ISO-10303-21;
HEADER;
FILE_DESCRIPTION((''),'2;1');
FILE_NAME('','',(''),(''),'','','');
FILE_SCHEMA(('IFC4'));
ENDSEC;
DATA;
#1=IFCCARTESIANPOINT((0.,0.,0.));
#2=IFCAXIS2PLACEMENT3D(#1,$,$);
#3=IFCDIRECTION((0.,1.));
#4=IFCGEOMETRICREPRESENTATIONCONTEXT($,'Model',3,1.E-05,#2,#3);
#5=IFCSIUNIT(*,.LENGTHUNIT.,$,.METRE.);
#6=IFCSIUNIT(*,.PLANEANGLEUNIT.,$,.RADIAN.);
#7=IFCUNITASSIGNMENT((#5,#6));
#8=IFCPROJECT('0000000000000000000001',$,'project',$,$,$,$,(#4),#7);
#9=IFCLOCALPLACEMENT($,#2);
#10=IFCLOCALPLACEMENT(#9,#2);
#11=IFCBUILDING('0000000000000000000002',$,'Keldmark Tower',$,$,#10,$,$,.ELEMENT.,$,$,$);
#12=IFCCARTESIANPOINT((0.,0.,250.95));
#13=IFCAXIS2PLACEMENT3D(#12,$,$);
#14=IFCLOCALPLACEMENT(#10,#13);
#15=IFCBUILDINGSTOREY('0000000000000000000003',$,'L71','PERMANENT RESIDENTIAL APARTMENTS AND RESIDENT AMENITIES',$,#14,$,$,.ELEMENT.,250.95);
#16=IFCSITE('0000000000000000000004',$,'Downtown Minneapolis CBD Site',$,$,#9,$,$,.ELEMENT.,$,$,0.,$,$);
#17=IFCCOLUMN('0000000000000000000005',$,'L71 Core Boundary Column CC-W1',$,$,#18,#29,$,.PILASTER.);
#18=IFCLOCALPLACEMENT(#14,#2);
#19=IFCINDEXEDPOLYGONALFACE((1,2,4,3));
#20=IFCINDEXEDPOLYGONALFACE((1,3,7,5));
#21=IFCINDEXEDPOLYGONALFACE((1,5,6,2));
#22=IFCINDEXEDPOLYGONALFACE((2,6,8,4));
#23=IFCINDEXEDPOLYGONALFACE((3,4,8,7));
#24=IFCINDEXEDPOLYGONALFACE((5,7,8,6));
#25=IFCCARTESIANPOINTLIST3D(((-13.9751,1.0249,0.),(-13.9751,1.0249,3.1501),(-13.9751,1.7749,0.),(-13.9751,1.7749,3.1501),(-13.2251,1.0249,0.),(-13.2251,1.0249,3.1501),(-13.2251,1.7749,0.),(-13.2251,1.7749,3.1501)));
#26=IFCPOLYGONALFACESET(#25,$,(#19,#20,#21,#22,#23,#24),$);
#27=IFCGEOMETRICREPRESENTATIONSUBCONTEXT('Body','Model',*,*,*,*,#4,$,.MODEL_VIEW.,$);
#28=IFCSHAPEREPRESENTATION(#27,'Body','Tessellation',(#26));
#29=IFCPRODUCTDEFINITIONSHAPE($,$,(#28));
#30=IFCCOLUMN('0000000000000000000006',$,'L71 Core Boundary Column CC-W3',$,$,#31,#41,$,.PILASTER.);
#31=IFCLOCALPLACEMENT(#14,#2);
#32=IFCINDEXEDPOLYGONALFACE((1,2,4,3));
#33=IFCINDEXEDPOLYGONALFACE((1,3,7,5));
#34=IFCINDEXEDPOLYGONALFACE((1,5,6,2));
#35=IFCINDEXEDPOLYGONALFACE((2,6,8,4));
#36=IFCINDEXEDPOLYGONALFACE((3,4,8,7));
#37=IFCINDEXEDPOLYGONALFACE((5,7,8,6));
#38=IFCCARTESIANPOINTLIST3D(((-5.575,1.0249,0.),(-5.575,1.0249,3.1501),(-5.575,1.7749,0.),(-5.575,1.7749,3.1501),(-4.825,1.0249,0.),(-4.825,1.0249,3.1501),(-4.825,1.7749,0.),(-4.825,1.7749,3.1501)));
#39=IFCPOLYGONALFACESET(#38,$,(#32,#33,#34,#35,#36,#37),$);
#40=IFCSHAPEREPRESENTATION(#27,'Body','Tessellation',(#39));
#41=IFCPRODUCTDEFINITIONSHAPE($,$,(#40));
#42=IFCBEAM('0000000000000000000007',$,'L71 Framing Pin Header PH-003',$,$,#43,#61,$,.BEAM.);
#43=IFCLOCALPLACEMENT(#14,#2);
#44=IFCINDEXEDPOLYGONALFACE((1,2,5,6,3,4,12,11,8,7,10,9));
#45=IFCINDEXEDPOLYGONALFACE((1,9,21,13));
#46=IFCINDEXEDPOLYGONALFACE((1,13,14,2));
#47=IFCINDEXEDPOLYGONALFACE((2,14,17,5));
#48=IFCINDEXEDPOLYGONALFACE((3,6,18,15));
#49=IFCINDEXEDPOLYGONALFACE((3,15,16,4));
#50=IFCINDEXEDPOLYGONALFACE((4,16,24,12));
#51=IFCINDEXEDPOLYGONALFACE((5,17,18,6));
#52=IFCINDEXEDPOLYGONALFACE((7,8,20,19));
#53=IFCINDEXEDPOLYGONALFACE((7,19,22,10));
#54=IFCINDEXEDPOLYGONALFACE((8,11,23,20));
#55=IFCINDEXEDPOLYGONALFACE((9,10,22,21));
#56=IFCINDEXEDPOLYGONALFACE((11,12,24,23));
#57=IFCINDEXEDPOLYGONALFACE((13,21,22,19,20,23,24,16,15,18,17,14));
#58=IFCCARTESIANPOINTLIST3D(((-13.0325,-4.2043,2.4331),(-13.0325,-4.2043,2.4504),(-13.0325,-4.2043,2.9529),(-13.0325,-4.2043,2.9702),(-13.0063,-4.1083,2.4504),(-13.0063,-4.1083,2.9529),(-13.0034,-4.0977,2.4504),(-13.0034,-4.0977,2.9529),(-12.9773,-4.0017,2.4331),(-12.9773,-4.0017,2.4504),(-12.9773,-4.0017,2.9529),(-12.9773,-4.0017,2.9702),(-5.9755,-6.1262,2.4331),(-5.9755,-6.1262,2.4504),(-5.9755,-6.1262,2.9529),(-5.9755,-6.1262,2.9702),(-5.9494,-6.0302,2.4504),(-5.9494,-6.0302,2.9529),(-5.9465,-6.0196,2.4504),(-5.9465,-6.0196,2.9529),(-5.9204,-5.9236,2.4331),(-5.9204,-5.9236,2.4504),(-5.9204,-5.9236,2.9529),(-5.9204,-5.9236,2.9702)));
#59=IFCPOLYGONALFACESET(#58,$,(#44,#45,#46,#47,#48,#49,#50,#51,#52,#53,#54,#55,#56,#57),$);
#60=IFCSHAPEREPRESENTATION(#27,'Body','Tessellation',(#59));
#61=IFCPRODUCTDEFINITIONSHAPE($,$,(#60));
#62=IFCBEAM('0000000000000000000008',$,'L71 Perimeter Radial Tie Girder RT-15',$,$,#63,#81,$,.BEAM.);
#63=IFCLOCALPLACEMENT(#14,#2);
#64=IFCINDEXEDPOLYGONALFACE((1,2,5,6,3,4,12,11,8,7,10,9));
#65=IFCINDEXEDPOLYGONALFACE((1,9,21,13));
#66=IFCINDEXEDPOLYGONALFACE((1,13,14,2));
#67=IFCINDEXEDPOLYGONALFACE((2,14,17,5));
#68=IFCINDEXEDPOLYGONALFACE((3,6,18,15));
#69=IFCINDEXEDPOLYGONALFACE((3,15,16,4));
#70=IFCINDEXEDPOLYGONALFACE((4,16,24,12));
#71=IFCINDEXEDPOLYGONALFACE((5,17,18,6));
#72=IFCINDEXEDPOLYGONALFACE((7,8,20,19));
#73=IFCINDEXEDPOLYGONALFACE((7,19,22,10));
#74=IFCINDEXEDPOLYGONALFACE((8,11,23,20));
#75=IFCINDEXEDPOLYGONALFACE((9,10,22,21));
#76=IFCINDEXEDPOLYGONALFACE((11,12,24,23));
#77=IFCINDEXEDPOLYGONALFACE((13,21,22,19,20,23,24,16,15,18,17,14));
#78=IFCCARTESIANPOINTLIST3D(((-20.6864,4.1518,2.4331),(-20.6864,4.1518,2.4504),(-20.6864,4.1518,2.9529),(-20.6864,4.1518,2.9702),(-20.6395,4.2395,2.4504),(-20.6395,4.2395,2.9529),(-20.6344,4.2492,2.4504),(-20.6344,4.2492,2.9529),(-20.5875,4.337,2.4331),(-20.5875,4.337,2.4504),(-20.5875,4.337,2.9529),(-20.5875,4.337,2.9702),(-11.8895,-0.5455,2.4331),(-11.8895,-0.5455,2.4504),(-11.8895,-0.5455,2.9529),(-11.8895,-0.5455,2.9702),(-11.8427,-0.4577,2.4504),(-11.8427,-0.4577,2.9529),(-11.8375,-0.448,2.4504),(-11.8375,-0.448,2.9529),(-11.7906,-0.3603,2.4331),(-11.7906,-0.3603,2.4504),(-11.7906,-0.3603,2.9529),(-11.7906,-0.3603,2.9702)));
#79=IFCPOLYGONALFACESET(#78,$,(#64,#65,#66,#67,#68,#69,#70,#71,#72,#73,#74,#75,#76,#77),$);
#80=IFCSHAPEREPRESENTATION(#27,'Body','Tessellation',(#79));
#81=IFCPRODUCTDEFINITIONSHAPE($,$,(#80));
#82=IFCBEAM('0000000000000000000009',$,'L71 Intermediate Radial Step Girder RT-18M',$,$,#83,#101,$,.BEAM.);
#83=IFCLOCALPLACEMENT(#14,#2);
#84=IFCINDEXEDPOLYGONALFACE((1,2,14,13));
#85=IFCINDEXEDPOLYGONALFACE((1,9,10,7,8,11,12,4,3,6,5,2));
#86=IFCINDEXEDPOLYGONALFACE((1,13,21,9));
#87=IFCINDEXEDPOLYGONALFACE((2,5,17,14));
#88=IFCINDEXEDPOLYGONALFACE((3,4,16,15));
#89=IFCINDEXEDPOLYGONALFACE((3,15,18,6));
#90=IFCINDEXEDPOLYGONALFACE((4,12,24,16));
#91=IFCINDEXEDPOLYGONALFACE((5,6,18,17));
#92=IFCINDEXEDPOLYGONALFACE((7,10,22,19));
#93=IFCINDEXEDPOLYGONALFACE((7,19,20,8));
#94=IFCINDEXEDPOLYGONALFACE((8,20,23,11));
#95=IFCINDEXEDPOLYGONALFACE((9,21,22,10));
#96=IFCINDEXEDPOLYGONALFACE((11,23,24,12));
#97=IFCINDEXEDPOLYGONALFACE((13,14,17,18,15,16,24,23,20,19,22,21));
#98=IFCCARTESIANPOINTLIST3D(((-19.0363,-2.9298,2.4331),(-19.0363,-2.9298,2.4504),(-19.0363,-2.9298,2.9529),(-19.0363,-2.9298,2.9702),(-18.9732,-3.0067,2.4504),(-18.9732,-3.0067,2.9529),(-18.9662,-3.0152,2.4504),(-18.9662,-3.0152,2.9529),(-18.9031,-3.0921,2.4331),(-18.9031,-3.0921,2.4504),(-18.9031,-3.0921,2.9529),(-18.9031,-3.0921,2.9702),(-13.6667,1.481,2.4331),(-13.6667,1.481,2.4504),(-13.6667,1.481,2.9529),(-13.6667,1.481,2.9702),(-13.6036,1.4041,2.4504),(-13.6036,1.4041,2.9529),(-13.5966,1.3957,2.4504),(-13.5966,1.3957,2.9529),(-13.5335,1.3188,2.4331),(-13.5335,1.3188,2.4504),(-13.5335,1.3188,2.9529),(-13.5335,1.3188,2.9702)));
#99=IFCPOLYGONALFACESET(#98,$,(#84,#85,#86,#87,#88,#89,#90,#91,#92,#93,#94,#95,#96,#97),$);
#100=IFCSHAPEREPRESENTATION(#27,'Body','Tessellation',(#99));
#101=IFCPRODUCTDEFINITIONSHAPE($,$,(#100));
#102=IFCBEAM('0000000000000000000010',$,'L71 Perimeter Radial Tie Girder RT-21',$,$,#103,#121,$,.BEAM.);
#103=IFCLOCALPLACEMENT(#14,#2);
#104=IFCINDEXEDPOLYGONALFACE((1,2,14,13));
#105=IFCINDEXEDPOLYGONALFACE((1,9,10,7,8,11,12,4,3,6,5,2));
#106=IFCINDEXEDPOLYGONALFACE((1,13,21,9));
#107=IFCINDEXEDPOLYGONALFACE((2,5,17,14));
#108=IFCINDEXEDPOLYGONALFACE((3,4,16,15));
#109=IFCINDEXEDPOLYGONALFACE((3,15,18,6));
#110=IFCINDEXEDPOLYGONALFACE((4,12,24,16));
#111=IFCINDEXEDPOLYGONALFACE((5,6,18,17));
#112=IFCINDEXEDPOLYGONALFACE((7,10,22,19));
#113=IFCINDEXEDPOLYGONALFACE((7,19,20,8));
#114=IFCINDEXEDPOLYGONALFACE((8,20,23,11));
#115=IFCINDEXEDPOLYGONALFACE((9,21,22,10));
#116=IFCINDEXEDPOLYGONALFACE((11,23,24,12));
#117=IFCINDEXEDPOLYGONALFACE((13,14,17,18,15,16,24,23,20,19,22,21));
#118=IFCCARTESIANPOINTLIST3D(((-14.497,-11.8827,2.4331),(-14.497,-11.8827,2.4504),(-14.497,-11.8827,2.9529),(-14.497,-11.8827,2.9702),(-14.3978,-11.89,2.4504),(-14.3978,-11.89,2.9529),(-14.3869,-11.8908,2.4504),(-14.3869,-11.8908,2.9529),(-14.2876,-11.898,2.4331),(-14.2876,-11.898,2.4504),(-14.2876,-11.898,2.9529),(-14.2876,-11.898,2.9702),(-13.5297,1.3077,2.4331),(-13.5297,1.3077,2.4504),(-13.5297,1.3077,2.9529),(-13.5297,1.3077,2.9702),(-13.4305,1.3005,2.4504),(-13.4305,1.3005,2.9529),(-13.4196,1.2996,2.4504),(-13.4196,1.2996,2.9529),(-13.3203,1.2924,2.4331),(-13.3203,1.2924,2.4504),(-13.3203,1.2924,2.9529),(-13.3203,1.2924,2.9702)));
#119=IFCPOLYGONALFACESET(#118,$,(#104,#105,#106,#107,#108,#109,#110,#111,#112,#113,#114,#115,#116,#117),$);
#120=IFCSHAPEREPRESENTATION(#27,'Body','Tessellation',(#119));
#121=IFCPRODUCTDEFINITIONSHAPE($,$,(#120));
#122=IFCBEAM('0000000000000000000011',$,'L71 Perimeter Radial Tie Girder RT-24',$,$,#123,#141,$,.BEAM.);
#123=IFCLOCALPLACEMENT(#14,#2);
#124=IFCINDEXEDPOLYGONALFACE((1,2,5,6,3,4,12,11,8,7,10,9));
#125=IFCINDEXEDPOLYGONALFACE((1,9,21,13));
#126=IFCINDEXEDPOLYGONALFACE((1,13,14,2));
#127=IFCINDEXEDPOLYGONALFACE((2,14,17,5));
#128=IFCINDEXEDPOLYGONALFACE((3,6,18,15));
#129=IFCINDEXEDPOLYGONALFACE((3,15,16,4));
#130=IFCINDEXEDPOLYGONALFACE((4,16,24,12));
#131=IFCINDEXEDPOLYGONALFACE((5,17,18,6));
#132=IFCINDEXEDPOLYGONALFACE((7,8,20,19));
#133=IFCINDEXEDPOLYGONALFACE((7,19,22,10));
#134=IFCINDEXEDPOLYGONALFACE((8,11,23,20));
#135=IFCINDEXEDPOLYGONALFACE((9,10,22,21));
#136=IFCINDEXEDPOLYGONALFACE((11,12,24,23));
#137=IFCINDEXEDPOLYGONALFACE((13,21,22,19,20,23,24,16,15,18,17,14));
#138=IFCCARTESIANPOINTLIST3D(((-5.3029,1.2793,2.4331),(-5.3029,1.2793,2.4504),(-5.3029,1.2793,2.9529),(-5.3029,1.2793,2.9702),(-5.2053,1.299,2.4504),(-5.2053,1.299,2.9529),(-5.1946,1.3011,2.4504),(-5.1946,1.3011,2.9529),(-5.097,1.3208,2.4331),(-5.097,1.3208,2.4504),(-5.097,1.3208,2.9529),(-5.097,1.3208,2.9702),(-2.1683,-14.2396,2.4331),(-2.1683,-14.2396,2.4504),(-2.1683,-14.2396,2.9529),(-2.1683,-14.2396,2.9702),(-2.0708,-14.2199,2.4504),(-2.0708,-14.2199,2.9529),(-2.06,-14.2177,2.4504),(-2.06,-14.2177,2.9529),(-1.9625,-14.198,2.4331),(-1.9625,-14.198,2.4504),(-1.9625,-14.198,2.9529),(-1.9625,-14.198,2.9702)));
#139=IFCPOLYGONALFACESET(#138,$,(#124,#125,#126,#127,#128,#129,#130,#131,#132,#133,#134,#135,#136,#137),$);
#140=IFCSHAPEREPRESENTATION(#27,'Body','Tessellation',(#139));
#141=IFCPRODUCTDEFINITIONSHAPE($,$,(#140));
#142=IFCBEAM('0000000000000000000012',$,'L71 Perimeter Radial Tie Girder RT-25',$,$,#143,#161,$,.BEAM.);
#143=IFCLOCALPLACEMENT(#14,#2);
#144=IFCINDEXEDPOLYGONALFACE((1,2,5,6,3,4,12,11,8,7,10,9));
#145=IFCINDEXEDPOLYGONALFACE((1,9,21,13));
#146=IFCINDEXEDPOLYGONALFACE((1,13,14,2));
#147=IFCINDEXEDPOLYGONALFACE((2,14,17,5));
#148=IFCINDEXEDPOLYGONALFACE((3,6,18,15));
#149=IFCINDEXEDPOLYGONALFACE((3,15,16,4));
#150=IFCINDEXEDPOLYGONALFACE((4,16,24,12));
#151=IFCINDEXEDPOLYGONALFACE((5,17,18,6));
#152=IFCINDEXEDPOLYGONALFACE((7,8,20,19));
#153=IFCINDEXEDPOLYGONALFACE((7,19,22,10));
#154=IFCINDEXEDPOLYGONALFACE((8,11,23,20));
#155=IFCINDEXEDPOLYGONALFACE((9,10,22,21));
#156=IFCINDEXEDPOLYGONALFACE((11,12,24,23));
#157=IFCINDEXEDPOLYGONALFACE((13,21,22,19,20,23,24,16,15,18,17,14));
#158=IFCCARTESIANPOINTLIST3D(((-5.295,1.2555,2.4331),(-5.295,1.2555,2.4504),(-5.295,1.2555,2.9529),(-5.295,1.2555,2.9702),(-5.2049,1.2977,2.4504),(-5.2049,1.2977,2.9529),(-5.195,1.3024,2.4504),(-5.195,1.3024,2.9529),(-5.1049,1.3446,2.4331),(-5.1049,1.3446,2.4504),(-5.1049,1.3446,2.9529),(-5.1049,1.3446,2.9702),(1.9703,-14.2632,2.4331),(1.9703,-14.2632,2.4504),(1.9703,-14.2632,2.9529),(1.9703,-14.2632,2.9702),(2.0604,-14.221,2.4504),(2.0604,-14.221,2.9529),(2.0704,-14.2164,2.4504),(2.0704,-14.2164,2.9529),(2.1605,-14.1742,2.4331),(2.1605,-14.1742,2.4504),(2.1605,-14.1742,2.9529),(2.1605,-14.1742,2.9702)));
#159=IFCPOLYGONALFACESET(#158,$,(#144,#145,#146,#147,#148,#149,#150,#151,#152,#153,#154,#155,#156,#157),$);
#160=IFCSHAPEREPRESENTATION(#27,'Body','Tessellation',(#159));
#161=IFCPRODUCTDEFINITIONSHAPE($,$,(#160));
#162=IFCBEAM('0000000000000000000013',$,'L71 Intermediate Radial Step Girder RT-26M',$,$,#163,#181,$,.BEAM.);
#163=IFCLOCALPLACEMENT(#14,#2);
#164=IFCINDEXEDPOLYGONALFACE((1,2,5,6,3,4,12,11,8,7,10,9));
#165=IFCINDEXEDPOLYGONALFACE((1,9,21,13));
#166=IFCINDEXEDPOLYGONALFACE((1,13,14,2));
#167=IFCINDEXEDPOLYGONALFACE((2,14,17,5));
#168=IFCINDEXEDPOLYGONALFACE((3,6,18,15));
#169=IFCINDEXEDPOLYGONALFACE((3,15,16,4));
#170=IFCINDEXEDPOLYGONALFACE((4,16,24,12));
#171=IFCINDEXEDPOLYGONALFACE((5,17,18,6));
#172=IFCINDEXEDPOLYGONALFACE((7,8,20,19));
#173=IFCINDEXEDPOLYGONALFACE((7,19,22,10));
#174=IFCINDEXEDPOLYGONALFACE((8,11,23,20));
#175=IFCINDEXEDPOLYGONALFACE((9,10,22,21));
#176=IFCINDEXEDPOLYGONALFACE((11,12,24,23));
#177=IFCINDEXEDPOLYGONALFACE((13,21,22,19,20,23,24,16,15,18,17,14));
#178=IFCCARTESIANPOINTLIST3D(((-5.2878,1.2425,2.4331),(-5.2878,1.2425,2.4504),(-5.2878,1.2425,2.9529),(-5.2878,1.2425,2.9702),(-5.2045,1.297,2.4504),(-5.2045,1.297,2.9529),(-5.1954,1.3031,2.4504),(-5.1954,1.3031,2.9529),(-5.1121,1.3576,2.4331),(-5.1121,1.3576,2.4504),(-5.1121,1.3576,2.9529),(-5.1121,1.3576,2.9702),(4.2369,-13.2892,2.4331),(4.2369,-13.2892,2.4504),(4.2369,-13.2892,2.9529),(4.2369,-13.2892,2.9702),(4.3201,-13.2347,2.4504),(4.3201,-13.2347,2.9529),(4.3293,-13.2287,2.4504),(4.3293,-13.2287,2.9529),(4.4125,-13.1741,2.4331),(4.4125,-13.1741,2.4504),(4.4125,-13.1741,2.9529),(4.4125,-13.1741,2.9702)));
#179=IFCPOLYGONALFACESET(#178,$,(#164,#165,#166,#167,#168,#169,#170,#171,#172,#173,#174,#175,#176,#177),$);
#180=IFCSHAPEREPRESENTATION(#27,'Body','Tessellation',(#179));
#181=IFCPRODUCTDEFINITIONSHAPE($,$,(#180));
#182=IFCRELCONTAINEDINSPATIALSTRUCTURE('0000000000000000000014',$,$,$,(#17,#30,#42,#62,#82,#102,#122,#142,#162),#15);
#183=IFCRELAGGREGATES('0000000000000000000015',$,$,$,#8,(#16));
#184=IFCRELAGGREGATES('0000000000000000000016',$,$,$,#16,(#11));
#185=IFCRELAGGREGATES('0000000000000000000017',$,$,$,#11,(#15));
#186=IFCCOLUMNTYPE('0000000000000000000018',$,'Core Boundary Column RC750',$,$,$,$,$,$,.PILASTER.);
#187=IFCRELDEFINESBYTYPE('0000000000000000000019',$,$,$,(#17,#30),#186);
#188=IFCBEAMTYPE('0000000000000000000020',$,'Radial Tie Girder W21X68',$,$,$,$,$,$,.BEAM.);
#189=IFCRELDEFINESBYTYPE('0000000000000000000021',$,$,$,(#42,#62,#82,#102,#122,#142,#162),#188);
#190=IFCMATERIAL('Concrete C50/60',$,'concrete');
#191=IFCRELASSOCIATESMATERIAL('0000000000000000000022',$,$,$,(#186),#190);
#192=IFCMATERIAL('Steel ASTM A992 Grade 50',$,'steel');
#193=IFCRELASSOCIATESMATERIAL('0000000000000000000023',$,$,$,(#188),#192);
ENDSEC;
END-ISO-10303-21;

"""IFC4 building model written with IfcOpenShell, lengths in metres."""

from ifc_helpers import new_model, si_unit, direction, frame, origin, origin_2d, place, context, subcontext, project, spatial, rectangle, i_section, extrude, material, material_profile, profile_set, type_object, element, save


model = new_model("IFC4")

# Units and contexts
model_context = context("Model", 3, precision=1e-05, world=origin(), true_north=direction((0.0, 1.0)))
body_context = subcontext(model_context, "Body", "Model", "MODEL_VIEW")
ifc_project = project(units=[si_unit("LENGTHUNIT", "METRE"), si_unit("PLANEANGLEUNIT", "RADIAN")], contexts=[model_context])

# Site, building, storey
site_placement = place(None, origin())
site = spatial("IfcSite", under=ifc_project, at=site_placement, Name="Downtown Minneapolis CBD Site", CompositionType="ELEMENT", RefElevation=0.0)
building_placement = place(site_placement, origin())
building = spatial("IfcBuilding", under=site, at=building_placement, Name="Keldmark Tower", CompositionType="ELEMENT")
storey_placement = place(building_placement, frame((0.0, 0.0, 250.95)))
storey = spatial("IfcBuildingStorey", under=building, at=storey_placement, Name="L71", Description="PERMANENT RESIDENTIAL APARTMENTS AND RESIDENT AMENITIES", CompositionType="ELEMENT", Elevation=250.95)

# Columns
ifc_material_1 = material(Name="Concrete C50/60", Category="concrete")
ifc_material_profile_1 = material_profile(ifc_material_1, rectangle(XDim=0.75, YDim=0.75, at=origin_2d()), Name="RC750X750")
ifc_profile_set_1 = profile_set([ifc_material_profile_1], Name="Concrete C50/60")
column_type = type_object("IfcColumnType", Name="Core Boundary Column RC750", PredefinedType="PILASTER", material=ifc_profile_set_1)
for number, where, z_axis, x_axis, name in (
    (1, (-13.6001, 1.3999, 0.0), (0.0, 0.0, 1.0), (1.0, 0.0, 0.0), "L71 Core Boundary Column CC-W1"),
    (2, (-5.2, 1.3999, 0.0), (0.0, 0.0, 1.0), (1.0, 0.0, 0.0), "L71 Core Boundary Column CC-W3"),
):
    element("IfcColumn", number, at=place(storey_placement, frame(where, z_axis=z_axis, x_axis=x_axis)), inside=storey, type_object=column_type, Name=name, PredefinedType="PILASTER", context=body_context, shape_type="SweptSolid", body=[
        extrude(rectangle(XDim=0.75, YDim=0.75, at=origin_2d()), origin(), (0.0, 0.0, 1.0), 3.1501),
    ])

# Beams
ifc_material_2 = material(Name="Steel ASTM A992 Grade 50", Category="steel")
ifc_material_profile_2 = material_profile(ifc_material_2, i_section(OverallWidth=0.21, OverallDepth=0.5371, WebThickness=0.011, FlangeThickness=0.0173, at=origin_2d()), Name="W21X68")
ifc_profile_set_2 = profile_set([ifc_material_profile_2], Name="Steel ASTM A992 Grade 50")
beam_type = type_object("IfcBeamType", Name="Radial Tie Girder W21X68", PredefinedType="BEAM", material=ifc_profile_set_2)
beam_1_placement = place(storey_placement, frame((-13.0049, -4.103, 2.7017), z_axis=(0.964859, -0.26277, 0.0), x_axis=(0.26277, 0.964859, 0.0)))
element("IfcBeam", 3, at=beam_1_placement, inside=storey, type_object=beam_type, Name="L71 Framing Pin Header PH-003", PredefinedType="BEAM", context=body_context, shape_type="SweptSolid", body=[
    extrude(i_section(OverallWidth=0.21, OverallDepth=0.5371, WebThickness=0.011, FlangeThickness=0.0173, at=origin_2d()), origin(), (0.0, 0.0, 1.0), 7.314),
])
beam_2_placement = place(storey_placement, frame((-11.8401, -0.4529, 2.7017), z_axis=(-0.88212, 0.471025, 0.0), x_axis=(-0.471025, -0.88212, 0.0)))
element("IfcBeam", 4, at=beam_2_placement, inside=storey, type_object=beam_type, Name="L71 Perimeter Radial Tie Girder RT-15", PredefinedType="BEAM", context=body_context, shape_type="SweptSolid", body=[
    extrude(i_section(OverallWidth=0.21, OverallDepth=0.5371, WebThickness=0.011, FlangeThickness=0.0173, at=origin_2d()), origin(), (0.0, 0.0, 1.0), 9.9724),
])
beam_3_placement = place(storey_placement, frame((-13.6001, 1.3999, 2.7017), z_axis=(-0.772718, -0.63475, 0.0), x_axis=(0.63475, -0.772718, 0.0)))
element("IfcBeam", 5, at=beam_3_placement, inside=storey, type_object=beam_type, Name="L71 Intermediate Radial Step Girder RT-18M", PredefinedType="BEAM", context=body_context, shape_type="SweptSolid", body=[
    extrude(i_section(OverallWidth=0.21, OverallDepth=0.5371, WebThickness=0.011, FlangeThickness=0.0173, at=origin_2d()), origin(), (0.0, 0.0, 1.0), 6.949),
])
beam_4_placement = place(storey_placement, frame((-13.425, 1.3, 2.7017), z_axis=(-0.073136, -0.997322, 0.0), x_axis=(0.997322, -0.073136, 0.0)))
element("IfcBeam", 6, at=beam_4_placement, inside=storey, type_object=beam_type, Name="L71 Perimeter Radial Tie Girder RT-21", PredefinedType="BEAM", context=body_context, shape_type="SweptSolid", body=[
    extrude(i_section(OverallWidth=0.21, OverallDepth=0.5371, WebThickness=0.011, FlangeThickness=0.0173, at=origin_2d()), origin(), (0.0, 0.0, 1.0), 13.2258),
])
beam_5_placement = place(storey_placement, frame((-5.2, 1.3, 2.7017), z_axis=(0.197984, -0.980205, 0.0), x_axis=(0.980205, 0.197984, 0.0)))
element("IfcBeam", 7, at=beam_5_placement, inside=storey, type_object=beam_type, Name="L71 Perimeter Radial Tie Girder RT-24", PredefinedType="BEAM", context=body_context, shape_type="SweptSolid", body=[
    extrude(i_section(OverallWidth=0.21, OverallDepth=0.5371, WebThickness=0.011, FlangeThickness=0.0173, at=origin_2d()), origin(), (0.0, 0.0, 1.0), 15.8323),
])
beam_6_placement = place(storey_placement, frame((-5.2, 1.3, 2.7017), z_axis=(0.424001, -0.905662, 0.0), x_axis=(0.905662, 0.424001, 0.0)))
element("IfcBeam", 8, at=beam_6_placement, inside=storey, type_object=beam_type, Name="L71 Perimeter Radial Tie Girder RT-25", PredefinedType="BEAM", context=body_context, shape_type="SweptSolid", body=[
    extrude(i_section(OverallWidth=0.21, OverallDepth=0.5371, WebThickness=0.011, FlangeThickness=0.0173, at=origin_2d()), origin(), (0.0, 0.0, 1.0), 17.1353),
])
beam_7_placement = place(storey_placement, frame((-5.2, 1.3, 2.7017), z_axis=(0.548182, -0.836359, 0.0), x_axis=(0.836359, 0.548182, 0.0)))
element("IfcBeam", 9, at=beam_7_placement, inside=storey, type_object=beam_type, Name="L71 Intermediate Radial Step Girder RT-26M", PredefinedType="BEAM", context=body_context, shape_type="SweptSolid", body=[
    extrude(i_section(OverallWidth=0.21, OverallDepth=0.5371, WebThickness=0.011, FlangeThickness=0.0173, at=origin_2d()), origin(), (0.0, 0.0, 1.0), 17.375),
])

save(model, "model.ifc")
